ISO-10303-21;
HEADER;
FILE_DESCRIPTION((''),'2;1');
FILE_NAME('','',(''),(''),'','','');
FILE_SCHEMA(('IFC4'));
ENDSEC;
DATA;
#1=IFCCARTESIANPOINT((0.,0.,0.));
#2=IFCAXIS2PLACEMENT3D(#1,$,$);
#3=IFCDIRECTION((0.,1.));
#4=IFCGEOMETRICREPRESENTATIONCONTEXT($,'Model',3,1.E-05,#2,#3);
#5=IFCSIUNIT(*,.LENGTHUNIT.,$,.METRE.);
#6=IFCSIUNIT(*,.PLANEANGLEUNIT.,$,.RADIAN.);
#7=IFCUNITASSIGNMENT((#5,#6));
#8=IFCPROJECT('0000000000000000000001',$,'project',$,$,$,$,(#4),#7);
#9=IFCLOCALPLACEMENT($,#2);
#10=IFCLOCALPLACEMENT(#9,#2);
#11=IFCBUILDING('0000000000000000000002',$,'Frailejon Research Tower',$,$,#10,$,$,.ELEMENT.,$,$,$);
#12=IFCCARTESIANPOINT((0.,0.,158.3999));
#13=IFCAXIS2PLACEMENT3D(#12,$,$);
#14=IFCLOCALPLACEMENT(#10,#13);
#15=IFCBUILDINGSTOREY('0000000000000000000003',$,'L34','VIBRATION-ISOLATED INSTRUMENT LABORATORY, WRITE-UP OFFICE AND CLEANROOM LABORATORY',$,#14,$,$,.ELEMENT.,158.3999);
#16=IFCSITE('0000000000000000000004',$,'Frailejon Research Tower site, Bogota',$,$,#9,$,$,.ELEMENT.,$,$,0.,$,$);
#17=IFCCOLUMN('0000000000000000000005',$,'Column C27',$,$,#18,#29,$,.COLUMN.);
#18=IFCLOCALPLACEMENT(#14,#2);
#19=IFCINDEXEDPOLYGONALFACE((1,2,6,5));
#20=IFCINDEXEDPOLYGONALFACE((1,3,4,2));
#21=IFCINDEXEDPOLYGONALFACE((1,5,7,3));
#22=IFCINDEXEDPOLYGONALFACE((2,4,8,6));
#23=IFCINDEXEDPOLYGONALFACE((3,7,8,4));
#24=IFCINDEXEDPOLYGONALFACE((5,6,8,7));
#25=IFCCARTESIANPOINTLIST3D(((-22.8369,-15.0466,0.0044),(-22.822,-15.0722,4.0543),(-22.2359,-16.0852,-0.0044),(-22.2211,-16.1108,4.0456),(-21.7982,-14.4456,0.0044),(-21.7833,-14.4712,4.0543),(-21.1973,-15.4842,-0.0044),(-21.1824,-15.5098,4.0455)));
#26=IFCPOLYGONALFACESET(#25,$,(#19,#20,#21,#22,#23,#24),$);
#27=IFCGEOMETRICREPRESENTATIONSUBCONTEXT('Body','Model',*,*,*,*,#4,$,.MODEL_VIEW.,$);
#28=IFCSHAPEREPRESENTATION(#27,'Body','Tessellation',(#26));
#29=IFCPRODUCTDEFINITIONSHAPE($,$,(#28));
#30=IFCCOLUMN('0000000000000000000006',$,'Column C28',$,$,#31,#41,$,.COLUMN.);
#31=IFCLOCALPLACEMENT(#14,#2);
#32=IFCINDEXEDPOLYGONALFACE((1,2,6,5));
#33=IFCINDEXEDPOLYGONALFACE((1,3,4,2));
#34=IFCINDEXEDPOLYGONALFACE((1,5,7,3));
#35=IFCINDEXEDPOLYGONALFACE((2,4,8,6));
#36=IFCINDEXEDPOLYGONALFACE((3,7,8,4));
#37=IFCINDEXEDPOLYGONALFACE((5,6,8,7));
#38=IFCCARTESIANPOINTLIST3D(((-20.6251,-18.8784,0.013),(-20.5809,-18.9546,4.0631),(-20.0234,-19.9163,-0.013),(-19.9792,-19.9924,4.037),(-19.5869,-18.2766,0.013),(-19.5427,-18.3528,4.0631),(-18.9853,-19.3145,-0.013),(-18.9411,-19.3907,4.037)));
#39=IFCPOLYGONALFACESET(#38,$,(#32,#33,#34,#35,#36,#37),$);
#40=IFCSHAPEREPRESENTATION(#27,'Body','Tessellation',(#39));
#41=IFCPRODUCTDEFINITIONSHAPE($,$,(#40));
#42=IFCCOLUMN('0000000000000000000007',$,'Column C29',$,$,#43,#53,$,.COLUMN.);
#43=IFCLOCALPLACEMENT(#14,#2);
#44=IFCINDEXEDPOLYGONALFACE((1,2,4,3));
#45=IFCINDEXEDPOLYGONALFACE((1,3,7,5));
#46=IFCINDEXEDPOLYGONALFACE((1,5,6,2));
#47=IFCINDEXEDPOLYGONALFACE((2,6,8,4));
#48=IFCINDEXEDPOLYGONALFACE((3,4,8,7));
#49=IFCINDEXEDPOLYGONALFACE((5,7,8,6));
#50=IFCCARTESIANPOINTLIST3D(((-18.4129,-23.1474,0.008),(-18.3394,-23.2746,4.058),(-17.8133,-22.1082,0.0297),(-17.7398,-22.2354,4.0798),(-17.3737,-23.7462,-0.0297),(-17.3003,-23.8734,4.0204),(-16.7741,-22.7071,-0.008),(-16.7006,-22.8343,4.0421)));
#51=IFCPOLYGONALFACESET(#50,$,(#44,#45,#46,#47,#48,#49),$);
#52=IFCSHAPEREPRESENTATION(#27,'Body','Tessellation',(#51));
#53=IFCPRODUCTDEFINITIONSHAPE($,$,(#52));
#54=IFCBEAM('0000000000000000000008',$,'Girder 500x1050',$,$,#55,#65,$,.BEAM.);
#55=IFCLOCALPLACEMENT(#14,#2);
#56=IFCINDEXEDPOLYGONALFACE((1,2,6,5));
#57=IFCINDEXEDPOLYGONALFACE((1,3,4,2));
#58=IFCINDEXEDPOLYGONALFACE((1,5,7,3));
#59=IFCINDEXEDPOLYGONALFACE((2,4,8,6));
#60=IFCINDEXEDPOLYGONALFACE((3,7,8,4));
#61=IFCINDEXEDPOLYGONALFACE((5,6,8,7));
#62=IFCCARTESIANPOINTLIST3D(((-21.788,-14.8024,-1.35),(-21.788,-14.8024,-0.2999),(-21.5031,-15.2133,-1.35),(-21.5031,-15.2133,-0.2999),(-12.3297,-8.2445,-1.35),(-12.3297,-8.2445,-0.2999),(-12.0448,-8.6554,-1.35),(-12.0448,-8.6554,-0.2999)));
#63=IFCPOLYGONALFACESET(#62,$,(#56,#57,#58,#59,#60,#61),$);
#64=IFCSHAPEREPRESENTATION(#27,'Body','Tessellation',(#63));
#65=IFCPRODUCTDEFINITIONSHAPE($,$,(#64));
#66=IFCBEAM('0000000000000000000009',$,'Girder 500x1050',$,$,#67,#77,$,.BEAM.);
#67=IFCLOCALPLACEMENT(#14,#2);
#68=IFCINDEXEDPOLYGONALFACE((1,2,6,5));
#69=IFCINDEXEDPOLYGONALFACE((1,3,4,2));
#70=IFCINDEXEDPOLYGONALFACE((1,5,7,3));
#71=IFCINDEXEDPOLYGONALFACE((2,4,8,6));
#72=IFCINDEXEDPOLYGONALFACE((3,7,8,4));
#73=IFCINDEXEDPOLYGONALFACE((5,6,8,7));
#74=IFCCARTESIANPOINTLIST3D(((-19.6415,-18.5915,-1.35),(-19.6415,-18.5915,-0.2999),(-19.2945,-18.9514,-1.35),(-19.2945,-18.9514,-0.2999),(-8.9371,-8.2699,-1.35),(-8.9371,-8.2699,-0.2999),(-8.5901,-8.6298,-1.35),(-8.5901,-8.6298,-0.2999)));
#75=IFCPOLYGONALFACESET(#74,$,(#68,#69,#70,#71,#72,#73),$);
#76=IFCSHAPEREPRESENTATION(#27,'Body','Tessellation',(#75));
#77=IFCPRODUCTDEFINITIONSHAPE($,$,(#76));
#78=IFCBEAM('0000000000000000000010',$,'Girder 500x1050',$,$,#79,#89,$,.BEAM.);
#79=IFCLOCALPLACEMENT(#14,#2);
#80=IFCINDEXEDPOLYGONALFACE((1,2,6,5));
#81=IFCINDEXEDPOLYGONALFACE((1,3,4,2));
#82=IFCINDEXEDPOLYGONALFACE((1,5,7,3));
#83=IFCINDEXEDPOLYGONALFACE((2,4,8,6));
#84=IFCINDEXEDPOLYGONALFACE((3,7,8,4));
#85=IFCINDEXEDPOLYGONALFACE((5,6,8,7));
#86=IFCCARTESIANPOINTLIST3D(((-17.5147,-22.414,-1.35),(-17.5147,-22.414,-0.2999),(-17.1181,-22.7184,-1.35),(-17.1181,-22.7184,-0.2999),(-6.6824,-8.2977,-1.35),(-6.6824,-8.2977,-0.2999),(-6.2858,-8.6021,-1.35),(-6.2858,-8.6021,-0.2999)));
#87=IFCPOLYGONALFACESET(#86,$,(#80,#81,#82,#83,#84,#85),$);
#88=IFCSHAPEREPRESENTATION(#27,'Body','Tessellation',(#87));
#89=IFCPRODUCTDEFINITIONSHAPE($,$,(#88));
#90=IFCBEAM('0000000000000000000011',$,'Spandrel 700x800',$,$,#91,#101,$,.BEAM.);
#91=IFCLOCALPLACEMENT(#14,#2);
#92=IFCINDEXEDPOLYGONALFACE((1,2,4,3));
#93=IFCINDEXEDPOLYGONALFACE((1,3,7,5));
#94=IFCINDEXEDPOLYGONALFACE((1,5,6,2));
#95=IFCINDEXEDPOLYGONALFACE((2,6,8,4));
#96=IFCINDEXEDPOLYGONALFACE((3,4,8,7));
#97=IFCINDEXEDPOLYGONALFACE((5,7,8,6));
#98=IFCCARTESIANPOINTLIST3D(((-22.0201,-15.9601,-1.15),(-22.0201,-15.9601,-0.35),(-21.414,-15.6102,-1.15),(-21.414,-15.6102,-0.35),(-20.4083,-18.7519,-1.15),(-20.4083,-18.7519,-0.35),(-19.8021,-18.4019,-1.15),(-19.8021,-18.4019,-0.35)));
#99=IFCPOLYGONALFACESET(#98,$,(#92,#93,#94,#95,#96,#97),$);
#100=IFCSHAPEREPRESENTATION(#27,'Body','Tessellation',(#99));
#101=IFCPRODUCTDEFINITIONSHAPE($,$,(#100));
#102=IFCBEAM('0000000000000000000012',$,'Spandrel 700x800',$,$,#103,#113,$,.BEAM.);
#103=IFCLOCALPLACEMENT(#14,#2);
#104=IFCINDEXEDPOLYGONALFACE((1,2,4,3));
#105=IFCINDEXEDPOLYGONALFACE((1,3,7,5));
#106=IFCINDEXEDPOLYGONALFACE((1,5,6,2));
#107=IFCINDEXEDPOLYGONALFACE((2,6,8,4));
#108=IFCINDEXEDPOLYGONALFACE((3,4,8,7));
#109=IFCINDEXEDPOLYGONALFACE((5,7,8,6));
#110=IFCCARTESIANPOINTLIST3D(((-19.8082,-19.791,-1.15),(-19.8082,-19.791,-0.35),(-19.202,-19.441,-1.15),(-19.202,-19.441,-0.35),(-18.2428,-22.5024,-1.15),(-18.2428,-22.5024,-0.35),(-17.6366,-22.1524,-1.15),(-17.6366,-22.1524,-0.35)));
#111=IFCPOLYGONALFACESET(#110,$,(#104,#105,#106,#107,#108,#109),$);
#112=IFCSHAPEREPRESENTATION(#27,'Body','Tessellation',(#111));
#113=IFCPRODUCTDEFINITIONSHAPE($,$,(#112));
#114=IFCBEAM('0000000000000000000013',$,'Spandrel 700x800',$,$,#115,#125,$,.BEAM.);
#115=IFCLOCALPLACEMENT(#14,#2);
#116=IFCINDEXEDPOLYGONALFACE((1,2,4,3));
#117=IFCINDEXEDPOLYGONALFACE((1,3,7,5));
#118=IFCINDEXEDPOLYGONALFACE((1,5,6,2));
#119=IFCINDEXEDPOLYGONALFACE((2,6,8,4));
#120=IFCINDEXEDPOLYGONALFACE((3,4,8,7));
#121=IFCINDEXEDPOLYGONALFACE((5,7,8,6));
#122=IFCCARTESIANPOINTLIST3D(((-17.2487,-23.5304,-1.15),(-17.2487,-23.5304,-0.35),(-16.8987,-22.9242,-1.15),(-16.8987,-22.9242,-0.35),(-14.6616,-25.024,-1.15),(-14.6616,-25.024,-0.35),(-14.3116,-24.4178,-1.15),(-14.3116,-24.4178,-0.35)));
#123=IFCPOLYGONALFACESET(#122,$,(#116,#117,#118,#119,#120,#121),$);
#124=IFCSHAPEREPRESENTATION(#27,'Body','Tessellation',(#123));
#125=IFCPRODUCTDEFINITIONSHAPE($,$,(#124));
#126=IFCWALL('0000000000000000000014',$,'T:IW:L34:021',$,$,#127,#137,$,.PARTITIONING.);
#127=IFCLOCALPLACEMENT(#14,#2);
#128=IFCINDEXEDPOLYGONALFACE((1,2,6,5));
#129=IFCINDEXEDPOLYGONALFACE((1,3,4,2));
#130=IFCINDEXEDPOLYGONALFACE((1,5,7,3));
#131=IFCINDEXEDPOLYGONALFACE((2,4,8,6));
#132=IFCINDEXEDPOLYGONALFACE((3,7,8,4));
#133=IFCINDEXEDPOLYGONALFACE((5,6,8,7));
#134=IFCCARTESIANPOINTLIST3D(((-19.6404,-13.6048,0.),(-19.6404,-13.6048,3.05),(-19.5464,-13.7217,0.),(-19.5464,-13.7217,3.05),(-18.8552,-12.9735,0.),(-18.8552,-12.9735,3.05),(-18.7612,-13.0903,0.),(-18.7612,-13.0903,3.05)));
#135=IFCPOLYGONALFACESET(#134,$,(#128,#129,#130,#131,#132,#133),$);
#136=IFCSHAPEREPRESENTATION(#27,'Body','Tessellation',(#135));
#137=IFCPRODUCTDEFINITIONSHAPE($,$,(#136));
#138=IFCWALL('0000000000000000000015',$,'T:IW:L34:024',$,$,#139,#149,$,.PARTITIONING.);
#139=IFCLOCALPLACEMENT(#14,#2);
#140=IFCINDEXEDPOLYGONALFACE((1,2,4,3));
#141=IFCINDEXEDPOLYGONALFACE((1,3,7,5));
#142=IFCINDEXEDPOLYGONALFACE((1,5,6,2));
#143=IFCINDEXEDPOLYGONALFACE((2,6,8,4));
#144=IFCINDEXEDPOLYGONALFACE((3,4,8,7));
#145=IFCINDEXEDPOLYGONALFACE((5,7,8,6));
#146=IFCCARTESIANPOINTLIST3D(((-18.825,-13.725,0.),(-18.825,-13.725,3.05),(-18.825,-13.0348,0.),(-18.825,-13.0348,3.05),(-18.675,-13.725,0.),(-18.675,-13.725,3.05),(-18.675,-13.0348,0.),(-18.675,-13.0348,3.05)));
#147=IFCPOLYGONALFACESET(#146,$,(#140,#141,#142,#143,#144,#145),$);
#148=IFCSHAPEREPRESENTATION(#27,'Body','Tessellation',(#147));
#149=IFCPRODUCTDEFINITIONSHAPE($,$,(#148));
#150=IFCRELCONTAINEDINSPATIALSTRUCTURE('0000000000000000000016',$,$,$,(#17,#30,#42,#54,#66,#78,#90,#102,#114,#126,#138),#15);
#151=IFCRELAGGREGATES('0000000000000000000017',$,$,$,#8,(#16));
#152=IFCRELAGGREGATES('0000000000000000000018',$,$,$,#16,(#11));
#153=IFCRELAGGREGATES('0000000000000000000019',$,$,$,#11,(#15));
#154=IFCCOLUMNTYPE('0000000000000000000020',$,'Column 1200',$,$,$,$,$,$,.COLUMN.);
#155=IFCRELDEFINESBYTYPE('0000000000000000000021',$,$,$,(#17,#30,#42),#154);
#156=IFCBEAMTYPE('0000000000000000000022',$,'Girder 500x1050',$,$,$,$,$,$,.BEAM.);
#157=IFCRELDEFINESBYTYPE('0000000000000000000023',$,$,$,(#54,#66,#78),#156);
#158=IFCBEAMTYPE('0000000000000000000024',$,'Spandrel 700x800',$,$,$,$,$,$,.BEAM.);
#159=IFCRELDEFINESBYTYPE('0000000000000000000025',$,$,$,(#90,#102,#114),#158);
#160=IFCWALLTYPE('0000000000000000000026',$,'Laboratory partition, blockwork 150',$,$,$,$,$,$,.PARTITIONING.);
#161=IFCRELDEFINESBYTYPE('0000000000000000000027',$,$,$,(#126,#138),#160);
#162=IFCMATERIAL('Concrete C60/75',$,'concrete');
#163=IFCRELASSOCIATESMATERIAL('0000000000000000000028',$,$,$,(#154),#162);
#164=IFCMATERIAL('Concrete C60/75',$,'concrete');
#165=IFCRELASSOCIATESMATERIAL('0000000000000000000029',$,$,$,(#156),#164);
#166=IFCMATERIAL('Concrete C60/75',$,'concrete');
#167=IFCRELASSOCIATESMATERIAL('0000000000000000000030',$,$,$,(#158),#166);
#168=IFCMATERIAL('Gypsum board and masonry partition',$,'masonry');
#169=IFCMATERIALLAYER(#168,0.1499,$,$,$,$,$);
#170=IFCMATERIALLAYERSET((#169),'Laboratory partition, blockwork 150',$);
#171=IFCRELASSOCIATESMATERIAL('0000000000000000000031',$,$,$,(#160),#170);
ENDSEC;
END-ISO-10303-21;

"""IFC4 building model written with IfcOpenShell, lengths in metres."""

from ifc_helpers import new_model, si_unit, direction, frame, frame_2d, origin, origin_2d, place, context, subcontext, project, spatial, rectangle, extrude, material, layer, layer_set, material_profile, profile_set, type_object, element, save


model = new_model("IFC4")

# Units and contexts
model_context = context("Model", 3, precision=1e-05, world=origin(), true_north=direction((0.0, 1.0)))
body_context = subcontext(model_context, "Body", "Model", "MODEL_VIEW")
ifc_project = project(units=[si_unit("LENGTHUNIT", "METRE"), si_unit("PLANEANGLEUNIT", "RADIAN")], contexts=[model_context])

# Site, building, storey
site_placement = place(None, origin())
site = spatial("IfcSite", under=ifc_project, at=site_placement, Name="Frailejon Research Tower site, Bogota", CompositionType="ELEMENT", RefElevation=0.0)
building_placement = place(site_placement, origin())
building = spatial("IfcBuilding", under=site, at=building_placement, Name="Frailejon Research Tower", CompositionType="ELEMENT")
storey_placement = place(building_placement, frame((0.0, 0.0, 158.3999)))
storey = spatial("IfcBuildingStorey", under=building, at=storey_placement, Name="L34", Description="VIBRATION-ISOLATED INSTRUMENT LABORATORY, WRITE-UP OFFICE AND CLEANROOM LABORATORY", CompositionType="ELEMENT", Elevation=158.3999)

# Columns
ifc_material_1 = material(Name="Concrete C60/75", Category="concrete")
ifc_material_profile_1 = material_profile(ifc_material_1, rectangle(XDim=1.2, YDim=1.2, at=origin_2d()), Name="Column 1200")
ifc_profile_set_1 = profile_set([ifc_material_profile_1], Name="Concrete C60/75")
column_type = type_object("IfcColumnType", Name="Column 1200", PredefinedType="COLUMN", material=ifc_profile_set_1)
column_1_placement = place(storey_placement, frame((-22.0171, -15.2654, 0.0), z_axis=(0.003677, -0.006329, 0.999973), x_axis=(0.500791, -0.865537, -0.00732)))
element("IfcColumn", 1, at=column_1_placement, inside=storey, type_object=column_type, Name="Column C27", PredefinedType="COLUMN", context=body_context, shape_type="SweptSolid", body=[
    extrude(rectangle(XDim=1.2, YDim=1.2, at=origin_2d()), origin(), (0.0, 0.0, 1.0), 4.05),
])
column_2_placement = place(storey_placement, frame((-19.8052, -19.0964, 0.0), z_axis=(0.010908, -0.018803, 0.999764), x_axis=(0.501388, -0.864949, -0.021738)))
element("IfcColumn", 2, at=column_2_placement, inside=storey, type_object=column_type, Name="Column C28", PredefinedType="COLUMN", context=body_context, shape_type="SweptSolid", body=[
    extrude(rectangle(XDim=1.2, YDim=1.2, at=origin_2d()), origin(), (0.0, 0.0, 1.0), 4.051),
])
column_3_placement = place(storey_placement, frame((-17.5935, -22.9272, 0.0), z_axis=(0.018133, -0.031386, 0.999343), x_axis=(0.865999, -0.499059, -0.031387)))
element("IfcColumn", 3, at=column_3_placement, inside=storey, type_object=column_type, Name="Column C29", PredefinedType="COLUMN", context=body_context, shape_type="SweptSolid", body=[
    extrude(rectangle(XDim=1.2, YDim=1.2, at=origin_2d()), origin(), (0.0, 0.0, 1.0), 4.0527),
])

# Beams
ifc_material_2 = material(Name="Concrete C60/75", Category="concrete")
ifc_material_profile_2 = material_profile(ifc_material_2, rectangle(XDim=0.5, YDim=1.05, at=origin_2d()), Name="Girder 500x1050")
ifc_profile_set_2 = profile_set([ifc_material_profile_2], Name="Concrete C60/75")
beam_type_1 = type_object("IfcBeamType", Name="Girder 500x1050", PredefinedType="BEAM", material=ifc_profile_set_2)
beam_1_placement = place(storey_placement, frame((-21.6455, -15.0078, -0.825), z_axis=(0.821792, 0.569788, 0.0), x_axis=(-0.569788, 0.821792, 0.0)))
element("IfcBeam", 4, at=beam_1_placement, inside=storey, type_object=beam_type_1, Name="Girder 500x1050", PredefinedType="BEAM", context=body_context, shape_type="SweptSolid", body=[
    extrude(rectangle(XDim=0.5, YDim=1.05, at=origin_2d()), origin(), (0.0, 0.0, 1.0), 11.5093),
])
beam_2_placement = place(storey_placement, frame((-19.468, -18.7715, -0.825), z_axis=(0.719862, 0.694118, 0.0), x_axis=(-0.694118, 0.719862, 0.0)))
element("IfcBeam", 5, at=beam_2_placement, inside=storey, type_object=beam_type_1, Name="Girder 500x1050", PredefinedType="BEAM", context=body_context, shape_type="SweptSolid", body=[
    extrude(rectangle(XDim=0.5, YDim=1.05, at=origin_2d()), origin(), (0.0, 0.0, 1.0), 14.8701),
])
beam_3_placement = place(storey_placement, frame((-17.3164, -22.5662, -0.825), z_axis=(0.60878, 0.793339, 0.0), x_axis=(-0.793339, 0.60878, 0.0)))
element("IfcBeam", 6, at=beam_3_placement, inside=storey, type_object=beam_type_1, Name="Girder 500x1050", PredefinedType="BEAM", context=body_context, shape_type="SweptSolid", body=[
    extrude(rectangle(XDim=0.5, YDim=1.05, at=origin_2d()), origin(), (0.0, 0.0, 1.0), 17.7935),
])
ifc_material_3 = material(Name="Concrete C60/75", Category="concrete")
ifc_material_profile_3 = material_profile(ifc_material_3, rectangle(XDim=0.7, YDim=0.8, at=origin_2d()), Name="Spandrel 700x800")
ifc_profile_set_3 = profile_set([ifc_material_profile_3], Name="Concrete C60/75")
beam_type_2 = type_object("IfcBeamType", Name="Spandrel 700x800", PredefinedType="BEAM", material=ifc_profile_set_3)
beam_4_placement = place(storey_placement, frame((-21.717, -15.7852, -0.75), z_axis=(0.5, -0.866025, 0.0), x_axis=(0.866025, 0.5, 0.0)))
element("IfcBeam", 7, at=beam_4_placement, inside=storey, type_object=beam_type_2, Name="Spandrel 700x800", PredefinedType="BEAM", context=body_context, shape_type="SweptSolid", body=[
    extrude(rectangle(XDim=0.7, YDim=0.8, at=origin_2d()), origin(), (0.0, 0.0, 1.0), 3.2236),
])
beam_5_placement = place(storey_placement, frame((-19.5051, -19.616, -0.75), z_axis=(0.499997, -0.866027, 0.0), x_axis=(0.866027, 0.499997, 0.0)))
element("IfcBeam", 8, at=beam_5_placement, inside=storey, type_object=beam_type_2, Name="Spandrel 700x800", PredefinedType="BEAM", context=body_context, shape_type="SweptSolid", body=[
    extrude(rectangle(XDim=0.7, YDim=0.8, at=origin_2d()), origin(), (0.0, 0.0, 1.0), 3.1309),
])
beam_6_placement = place(storey_placement, frame((-17.0737, -23.2273, -0.75), z_axis=(0.866032, -0.499989, 0.0), x_axis=(0.499989, 0.866032, 0.0)))
element("IfcBeam", 9, at=beam_6_placement, inside=storey, type_object=beam_type_2, Name="Spandrel 700x800", PredefinedType="BEAM", context=body_context, shape_type="SweptSolid", body=[
    extrude(rectangle(XDim=0.7, YDim=0.8, at=origin_2d()), origin(), (0.0, 0.0, 1.0), 2.9873),
])

# Walls
ifc_material_4 = material(Name="Gypsum board and masonry partition", Category="masonry")
ifc_layer_1 = layer(ifc_material_4, 0.1499)
ifc_layer_set_1 = layer_set([ifc_layer_1], Name="Laboratory partition, blockwork 150")
wall_type_1 = type_object("IfcWallType", Name="Laboratory partition, blockwork 150", PredefinedType="PARTITIONING", material=ifc_layer_set_1)
wall_1_placement = place(storey_placement, frame((-19.5935, -13.6633, 0.0), z_axis=(0.0, 0.0, 1.0), x_axis=(0.779306, 0.626643, 0.0)))
element("IfcWall", 10, at=wall_1_placement, inside=storey, type_object=wall_type_1, Name="T:IW:L34:021", PredefinedType="PARTITIONING", context=body_context, shape_type="SweptSolid", body=[
    extrude(rectangle(XDim=1.0076, YDim=0.1499, at=frame_2d((0.5039, 0.0))), origin(), (0.0, 0.0, 1.0), 3.05),
])
wall_2_placement = place(storey_placement, frame((-18.75, -13.7251, 0.0), z_axis=(0.0, 0.0, 1.0), x_axis=(0.0, 1.0, 0.0)))
element("IfcWall", 11, at=wall_2_placement, inside=storey, type_object=wall_type_1, Name="T:IW:L34:024", PredefinedType="PARTITIONING", context=body_context, shape_type="SweptSolid", body=[
    extrude(rectangle(XDim=0.6902, YDim=0.1499, at=frame_2d((0.3452, 0.0))), origin(), (0.0, 0.0, 1.0), 3.05),
])

save(model, "model.ifc")
